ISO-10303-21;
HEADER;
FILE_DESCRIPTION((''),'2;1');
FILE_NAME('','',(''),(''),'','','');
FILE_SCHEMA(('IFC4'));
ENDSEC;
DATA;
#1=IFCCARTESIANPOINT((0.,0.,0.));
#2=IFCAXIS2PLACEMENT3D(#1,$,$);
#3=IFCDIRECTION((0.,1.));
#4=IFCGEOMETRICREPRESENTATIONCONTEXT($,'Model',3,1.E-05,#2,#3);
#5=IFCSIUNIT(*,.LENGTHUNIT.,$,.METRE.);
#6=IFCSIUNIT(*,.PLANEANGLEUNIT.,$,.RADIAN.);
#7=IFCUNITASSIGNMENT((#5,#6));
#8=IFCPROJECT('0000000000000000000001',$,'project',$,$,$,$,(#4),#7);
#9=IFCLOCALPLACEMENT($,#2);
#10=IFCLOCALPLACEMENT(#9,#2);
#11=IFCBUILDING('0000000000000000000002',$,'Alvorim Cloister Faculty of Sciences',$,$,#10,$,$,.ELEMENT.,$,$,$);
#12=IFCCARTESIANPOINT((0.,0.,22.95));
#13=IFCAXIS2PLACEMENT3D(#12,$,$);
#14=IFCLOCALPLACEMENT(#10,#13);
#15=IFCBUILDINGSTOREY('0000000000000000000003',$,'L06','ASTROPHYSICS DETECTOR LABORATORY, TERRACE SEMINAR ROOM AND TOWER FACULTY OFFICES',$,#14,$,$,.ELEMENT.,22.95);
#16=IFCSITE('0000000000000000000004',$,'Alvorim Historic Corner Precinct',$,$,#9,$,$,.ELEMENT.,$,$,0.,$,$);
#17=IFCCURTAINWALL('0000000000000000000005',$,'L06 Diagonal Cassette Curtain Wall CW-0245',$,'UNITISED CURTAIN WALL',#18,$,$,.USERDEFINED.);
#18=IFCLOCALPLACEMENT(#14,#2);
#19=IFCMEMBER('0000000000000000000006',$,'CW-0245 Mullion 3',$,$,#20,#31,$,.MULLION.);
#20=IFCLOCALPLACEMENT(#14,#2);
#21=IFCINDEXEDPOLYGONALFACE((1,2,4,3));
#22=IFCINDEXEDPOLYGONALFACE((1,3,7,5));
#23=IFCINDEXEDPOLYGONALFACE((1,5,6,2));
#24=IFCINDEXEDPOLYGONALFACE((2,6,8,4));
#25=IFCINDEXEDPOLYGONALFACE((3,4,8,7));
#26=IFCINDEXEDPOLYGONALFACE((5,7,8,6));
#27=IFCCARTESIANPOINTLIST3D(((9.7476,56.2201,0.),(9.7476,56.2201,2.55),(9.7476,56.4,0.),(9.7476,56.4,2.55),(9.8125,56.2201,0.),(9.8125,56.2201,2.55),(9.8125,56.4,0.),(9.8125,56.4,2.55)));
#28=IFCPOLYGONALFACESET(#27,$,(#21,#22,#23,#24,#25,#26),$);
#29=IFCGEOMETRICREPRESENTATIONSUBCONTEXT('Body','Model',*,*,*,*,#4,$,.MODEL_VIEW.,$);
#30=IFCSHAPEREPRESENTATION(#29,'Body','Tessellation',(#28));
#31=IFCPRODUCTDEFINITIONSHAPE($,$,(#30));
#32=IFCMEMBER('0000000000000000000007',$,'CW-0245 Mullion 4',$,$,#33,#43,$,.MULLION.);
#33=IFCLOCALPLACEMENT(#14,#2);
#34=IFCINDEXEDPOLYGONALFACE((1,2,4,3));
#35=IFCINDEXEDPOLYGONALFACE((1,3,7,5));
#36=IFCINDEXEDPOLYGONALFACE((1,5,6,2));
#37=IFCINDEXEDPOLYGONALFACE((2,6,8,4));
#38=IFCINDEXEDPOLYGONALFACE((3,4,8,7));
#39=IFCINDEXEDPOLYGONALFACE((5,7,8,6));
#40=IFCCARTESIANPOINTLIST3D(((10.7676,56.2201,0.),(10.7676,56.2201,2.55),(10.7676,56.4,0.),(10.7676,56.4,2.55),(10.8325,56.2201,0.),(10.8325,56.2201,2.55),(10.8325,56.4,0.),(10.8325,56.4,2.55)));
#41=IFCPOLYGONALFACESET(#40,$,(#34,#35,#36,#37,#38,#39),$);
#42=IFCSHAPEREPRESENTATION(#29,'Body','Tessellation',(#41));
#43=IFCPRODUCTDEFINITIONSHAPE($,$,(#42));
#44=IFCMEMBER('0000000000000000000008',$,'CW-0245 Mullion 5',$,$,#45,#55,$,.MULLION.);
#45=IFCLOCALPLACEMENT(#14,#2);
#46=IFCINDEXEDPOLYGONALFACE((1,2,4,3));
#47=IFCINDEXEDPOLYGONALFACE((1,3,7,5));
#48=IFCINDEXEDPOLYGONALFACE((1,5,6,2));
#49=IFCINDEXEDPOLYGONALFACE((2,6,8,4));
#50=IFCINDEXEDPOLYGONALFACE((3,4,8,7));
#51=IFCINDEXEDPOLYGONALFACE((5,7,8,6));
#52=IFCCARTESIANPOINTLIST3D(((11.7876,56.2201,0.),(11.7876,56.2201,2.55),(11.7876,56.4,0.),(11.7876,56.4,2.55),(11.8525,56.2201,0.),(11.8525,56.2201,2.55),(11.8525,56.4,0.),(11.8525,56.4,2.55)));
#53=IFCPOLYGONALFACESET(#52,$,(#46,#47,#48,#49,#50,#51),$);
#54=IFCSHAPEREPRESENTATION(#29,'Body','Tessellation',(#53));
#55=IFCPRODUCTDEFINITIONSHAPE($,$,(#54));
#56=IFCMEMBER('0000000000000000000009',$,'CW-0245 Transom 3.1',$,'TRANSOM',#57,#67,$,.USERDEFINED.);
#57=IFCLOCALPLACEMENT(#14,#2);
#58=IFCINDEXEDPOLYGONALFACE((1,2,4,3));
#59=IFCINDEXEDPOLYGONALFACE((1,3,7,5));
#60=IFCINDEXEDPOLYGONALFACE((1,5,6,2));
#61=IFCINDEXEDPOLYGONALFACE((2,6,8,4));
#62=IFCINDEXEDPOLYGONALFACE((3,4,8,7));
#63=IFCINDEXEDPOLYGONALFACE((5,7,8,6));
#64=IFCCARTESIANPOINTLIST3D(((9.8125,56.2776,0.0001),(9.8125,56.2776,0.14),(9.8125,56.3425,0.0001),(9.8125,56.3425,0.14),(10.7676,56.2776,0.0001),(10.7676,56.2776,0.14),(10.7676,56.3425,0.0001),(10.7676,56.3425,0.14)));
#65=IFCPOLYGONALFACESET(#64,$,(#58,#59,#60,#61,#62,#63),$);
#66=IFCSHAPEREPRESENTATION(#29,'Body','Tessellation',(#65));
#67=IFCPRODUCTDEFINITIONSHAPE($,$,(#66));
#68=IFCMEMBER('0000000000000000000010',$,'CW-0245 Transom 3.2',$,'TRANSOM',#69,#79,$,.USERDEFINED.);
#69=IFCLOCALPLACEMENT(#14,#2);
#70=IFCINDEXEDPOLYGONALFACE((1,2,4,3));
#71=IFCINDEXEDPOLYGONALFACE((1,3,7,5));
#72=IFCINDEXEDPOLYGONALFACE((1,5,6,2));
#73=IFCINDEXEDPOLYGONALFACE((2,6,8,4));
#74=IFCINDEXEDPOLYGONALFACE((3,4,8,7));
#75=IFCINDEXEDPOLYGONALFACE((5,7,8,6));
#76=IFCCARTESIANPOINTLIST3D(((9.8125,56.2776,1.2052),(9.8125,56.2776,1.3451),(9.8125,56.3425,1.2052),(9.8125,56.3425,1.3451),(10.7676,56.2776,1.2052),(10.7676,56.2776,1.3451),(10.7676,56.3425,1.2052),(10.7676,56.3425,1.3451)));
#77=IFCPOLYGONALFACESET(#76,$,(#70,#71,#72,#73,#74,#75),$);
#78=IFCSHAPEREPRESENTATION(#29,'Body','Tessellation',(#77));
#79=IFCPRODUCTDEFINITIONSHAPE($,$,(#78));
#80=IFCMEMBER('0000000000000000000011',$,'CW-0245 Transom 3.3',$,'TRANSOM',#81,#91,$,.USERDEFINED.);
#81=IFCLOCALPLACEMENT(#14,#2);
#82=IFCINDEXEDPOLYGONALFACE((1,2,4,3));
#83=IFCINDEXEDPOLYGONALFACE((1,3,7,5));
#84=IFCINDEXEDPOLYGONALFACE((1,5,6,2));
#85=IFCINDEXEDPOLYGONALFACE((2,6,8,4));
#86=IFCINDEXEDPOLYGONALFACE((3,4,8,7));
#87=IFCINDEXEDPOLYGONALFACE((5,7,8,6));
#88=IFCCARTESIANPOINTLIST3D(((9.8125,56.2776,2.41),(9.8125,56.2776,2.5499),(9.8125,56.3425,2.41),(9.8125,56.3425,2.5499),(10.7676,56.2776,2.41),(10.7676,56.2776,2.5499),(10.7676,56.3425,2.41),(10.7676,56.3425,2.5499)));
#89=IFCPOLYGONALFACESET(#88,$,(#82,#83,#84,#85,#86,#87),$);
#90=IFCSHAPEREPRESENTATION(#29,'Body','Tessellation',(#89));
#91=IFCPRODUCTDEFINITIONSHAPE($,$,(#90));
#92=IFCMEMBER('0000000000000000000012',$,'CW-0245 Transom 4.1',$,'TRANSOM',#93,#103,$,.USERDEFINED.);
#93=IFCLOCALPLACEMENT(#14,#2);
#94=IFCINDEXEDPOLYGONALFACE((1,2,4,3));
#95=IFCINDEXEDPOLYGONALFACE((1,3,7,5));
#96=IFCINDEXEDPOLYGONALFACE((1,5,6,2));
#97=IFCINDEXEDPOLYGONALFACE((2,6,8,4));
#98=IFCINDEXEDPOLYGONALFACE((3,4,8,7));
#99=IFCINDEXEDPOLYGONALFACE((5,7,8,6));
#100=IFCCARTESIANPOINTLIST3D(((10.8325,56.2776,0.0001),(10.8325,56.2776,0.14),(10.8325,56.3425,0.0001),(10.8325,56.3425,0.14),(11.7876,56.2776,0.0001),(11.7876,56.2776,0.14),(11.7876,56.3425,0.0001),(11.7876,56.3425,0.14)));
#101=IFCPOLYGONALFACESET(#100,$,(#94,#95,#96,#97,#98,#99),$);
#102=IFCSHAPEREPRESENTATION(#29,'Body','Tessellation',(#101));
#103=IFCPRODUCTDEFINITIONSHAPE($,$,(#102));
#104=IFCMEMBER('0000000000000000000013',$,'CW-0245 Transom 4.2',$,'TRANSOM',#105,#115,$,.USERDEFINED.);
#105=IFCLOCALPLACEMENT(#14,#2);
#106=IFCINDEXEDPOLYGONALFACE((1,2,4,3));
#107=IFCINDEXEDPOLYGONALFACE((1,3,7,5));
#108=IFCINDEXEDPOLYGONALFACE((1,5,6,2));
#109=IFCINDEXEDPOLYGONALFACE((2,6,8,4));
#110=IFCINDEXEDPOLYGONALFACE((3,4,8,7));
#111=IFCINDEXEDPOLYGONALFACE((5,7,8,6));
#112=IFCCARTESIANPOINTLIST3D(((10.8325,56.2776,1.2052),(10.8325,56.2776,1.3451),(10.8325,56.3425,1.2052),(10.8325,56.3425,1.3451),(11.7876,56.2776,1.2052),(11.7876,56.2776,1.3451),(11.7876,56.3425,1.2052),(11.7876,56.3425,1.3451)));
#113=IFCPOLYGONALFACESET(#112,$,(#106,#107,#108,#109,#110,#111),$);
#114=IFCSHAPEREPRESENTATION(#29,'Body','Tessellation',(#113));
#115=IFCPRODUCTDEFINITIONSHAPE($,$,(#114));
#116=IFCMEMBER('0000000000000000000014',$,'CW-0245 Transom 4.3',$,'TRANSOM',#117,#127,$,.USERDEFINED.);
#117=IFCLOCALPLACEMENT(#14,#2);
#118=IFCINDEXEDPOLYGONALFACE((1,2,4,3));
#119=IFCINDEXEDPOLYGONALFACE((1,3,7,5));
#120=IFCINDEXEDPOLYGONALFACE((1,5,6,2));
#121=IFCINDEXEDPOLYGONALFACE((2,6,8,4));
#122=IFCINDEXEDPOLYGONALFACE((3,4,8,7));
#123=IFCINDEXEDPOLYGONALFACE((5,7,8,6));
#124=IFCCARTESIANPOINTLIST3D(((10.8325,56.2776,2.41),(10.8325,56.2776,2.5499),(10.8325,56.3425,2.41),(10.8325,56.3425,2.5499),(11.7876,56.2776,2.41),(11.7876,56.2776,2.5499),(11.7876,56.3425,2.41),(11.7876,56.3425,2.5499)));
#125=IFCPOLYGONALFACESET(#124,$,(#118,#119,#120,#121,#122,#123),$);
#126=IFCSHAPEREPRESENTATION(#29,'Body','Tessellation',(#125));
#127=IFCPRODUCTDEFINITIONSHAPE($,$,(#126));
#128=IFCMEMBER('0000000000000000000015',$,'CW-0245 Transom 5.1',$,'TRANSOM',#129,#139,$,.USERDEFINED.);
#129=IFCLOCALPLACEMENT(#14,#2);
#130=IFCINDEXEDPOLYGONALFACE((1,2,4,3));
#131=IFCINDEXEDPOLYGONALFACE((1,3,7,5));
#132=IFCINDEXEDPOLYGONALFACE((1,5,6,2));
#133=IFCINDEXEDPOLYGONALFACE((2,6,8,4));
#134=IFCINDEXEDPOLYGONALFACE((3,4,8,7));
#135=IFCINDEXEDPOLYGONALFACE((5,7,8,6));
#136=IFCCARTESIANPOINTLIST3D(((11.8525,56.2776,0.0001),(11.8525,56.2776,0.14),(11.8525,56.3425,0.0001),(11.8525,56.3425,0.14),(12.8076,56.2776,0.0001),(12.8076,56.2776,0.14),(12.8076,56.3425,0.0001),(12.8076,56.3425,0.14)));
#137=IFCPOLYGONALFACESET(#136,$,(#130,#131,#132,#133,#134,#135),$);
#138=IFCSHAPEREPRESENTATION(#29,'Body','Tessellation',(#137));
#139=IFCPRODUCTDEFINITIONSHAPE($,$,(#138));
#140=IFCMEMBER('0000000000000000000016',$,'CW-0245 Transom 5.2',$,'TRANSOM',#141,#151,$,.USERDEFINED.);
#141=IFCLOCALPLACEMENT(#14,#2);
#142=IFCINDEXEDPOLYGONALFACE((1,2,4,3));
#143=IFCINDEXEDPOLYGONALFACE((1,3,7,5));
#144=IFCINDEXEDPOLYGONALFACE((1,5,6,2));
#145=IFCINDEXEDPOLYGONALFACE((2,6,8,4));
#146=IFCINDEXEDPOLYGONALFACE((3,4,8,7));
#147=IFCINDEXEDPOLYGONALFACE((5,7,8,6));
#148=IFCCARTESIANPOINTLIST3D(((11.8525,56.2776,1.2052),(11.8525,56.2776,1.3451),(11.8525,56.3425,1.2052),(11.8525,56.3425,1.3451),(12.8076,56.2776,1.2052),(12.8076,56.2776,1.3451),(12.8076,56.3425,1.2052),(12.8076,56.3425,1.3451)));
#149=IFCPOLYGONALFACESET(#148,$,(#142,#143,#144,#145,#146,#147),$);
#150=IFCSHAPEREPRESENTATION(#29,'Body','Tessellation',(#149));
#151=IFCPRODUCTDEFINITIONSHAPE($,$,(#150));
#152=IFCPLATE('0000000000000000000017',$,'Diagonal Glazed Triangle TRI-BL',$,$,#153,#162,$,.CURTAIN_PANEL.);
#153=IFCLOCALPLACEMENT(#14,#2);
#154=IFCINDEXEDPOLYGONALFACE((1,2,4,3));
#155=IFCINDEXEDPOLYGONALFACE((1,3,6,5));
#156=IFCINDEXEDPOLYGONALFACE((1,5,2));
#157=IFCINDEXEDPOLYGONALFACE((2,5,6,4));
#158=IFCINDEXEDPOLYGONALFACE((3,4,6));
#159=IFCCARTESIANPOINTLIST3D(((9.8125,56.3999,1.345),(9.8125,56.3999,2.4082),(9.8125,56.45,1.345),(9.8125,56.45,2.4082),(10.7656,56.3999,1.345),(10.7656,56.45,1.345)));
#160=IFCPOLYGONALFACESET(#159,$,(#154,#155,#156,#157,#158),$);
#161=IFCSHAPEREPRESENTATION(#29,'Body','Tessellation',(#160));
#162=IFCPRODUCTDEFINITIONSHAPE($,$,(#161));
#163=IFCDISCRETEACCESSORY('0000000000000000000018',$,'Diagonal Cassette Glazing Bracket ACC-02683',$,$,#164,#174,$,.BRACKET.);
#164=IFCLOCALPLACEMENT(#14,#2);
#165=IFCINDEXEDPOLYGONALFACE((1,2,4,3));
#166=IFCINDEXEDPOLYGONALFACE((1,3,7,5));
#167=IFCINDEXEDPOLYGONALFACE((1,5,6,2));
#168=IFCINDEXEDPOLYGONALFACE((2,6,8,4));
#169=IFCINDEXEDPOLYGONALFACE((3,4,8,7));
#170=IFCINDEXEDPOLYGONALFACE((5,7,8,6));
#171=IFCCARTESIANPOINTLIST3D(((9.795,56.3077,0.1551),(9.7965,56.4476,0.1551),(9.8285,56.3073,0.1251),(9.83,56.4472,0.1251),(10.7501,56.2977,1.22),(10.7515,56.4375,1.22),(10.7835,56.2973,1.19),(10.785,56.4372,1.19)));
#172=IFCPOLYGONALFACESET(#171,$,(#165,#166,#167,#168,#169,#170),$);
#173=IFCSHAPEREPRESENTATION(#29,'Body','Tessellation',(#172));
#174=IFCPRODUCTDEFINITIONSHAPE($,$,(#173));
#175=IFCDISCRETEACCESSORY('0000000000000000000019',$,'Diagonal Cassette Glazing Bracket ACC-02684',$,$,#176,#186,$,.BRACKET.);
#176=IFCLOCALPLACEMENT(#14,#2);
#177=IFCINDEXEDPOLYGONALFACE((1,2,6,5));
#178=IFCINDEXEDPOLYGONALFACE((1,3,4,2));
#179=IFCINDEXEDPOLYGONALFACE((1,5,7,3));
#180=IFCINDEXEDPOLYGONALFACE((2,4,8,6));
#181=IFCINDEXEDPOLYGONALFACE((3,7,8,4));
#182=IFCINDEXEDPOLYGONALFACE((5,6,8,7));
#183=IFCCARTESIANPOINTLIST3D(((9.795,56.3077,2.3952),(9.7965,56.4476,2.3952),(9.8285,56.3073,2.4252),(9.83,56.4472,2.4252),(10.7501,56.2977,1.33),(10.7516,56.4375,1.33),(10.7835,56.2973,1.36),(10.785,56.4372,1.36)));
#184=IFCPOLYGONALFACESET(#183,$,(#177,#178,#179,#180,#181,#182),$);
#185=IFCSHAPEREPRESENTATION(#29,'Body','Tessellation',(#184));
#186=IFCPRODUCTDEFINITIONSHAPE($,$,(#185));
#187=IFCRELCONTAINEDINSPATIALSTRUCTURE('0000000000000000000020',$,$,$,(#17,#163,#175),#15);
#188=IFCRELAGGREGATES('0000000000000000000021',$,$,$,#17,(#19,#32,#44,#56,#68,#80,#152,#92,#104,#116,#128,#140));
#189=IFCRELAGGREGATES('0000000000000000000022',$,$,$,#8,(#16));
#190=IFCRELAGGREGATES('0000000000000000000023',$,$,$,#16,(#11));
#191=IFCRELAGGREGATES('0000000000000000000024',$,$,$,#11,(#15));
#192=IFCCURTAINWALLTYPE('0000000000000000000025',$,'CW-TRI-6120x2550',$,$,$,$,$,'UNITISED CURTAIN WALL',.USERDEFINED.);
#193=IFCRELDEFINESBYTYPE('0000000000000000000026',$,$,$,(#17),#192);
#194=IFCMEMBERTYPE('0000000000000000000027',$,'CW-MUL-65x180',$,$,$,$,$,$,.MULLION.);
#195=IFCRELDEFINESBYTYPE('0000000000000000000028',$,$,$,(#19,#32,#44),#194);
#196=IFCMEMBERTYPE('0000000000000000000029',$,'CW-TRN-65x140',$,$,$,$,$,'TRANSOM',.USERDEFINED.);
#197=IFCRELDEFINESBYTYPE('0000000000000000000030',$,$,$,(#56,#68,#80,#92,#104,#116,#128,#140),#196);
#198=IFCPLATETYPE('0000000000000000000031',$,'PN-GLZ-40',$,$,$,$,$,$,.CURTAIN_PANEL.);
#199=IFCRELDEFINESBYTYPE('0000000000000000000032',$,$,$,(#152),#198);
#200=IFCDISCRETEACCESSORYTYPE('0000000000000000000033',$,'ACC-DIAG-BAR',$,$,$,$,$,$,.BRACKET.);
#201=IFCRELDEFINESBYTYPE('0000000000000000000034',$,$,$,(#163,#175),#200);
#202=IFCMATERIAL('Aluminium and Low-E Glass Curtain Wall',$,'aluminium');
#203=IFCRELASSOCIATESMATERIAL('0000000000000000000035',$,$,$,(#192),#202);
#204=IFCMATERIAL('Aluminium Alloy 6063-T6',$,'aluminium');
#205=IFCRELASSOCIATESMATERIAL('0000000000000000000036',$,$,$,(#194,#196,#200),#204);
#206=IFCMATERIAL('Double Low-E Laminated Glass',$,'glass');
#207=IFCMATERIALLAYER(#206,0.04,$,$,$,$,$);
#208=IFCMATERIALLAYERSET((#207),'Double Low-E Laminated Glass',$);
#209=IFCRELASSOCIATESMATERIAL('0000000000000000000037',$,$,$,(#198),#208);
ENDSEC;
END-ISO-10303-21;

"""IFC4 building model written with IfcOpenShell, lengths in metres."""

from ifc_helpers import new_model, si_unit, direction, frame, origin, origin_2d, place, context, subcontext, project, spatial, polyline, rectangle, outline, extrude, material, layer, layer_set, material_profile, profile_set, type_object, element, aggregate, save


model = new_model("IFC4")

# Units and contexts
model_context = context("Model", 3, precision=1e-05, world=origin(), true_north=direction((0.0, 1.0)))
body_context = subcontext(model_context, "Body", "Model", "MODEL_VIEW")
ifc_project = project(units=[si_unit("LENGTHUNIT", "METRE"), si_unit("PLANEANGLEUNIT", "RADIAN")], contexts=[model_context])

# Site, building, storey
site_placement = place(None, origin())
site = spatial("IfcSite", under=ifc_project, at=site_placement, Name="Alvorim Historic Corner Precinct", CompositionType="ELEMENT", RefElevation=0.0)
building_placement = place(site_placement, origin())
building = spatial("IfcBuilding", under=site, at=building_placement, Name="Alvorim Cloister Faculty of Sciences", CompositionType="ELEMENT")
storey_placement = place(building_placement, frame((0.0, 0.0, 22.95)))
storey = spatial("IfcBuildingStorey", under=building, at=storey_placement, Name="L06", Description="ASTROPHYSICS DETECTOR LABORATORY, TERRACE SEMINAR ROOM AND TOWER FACULTY OFFICES", CompositionType="ELEMENT", Elevation=22.95)

# Curtain wall, members, plate
ifc_material_1 = material(Name="Aluminium and Low-E Glass Curtain Wall", Category="aluminium")
curtain_wall_type = type_object("IfcCurtainWallType", Name="CW-TRI-6120x2550", ElementType="UNITISED CURTAIN WALL", PredefinedType="USERDEFINED", material=ifc_material_1)
curtain_wall_placement = place(storey_placement, origin())
curtain_wall = element("IfcCurtainWall", 1, at=curtain_wall_placement, inside=storey, type_object=curtain_wall_type, Name="L06 Diagonal Cassette Curtain Wall CW-0245", ObjectType="UNITISED CURTAIN WALL", PredefinedType="USERDEFINED")
ifc_material_2 = material(Name="Aluminium Alloy 6063-T6", Category="aluminium")
ifc_material_profile_1 = material_profile(ifc_material_2, rectangle(XDim=0.0649, YDim=0.1799, at=origin_2d()), Name="ALU-MUL-65x180")
ifc_profile_set_1 = profile_set([ifc_material_profile_1], Name="Aluminium Alloy 6063-T6")
member_type_1 = type_object("IfcMemberType", Name="CW-MUL-65x180", PredefinedType="MULLION", material=ifc_profile_set_1)
member_1_placement = place(storey_placement, frame((9.78, 56.3101, 0.0), z_axis=(0.0, 0.0, 1.0), x_axis=(1.0, 0.0, 0.0)))
member_1 = element("IfcMember", 2, at=member_1_placement, type_object=member_type_1, Name="CW-0245 Mullion 3", PredefinedType="MULLION", context=body_context, shape_type="SweptSolid", body=[
    extrude(rectangle(XDim=0.0649, YDim=0.1799, at=origin_2d()), origin(), (0.0, 0.0, 1.0), 2.55),
])
member_2_placement = place(storey_placement, frame((10.8, 56.3101, 0.0), z_axis=(0.0, 0.0, 1.0), x_axis=(1.0, 0.0, 0.0)))
member_2 = element("IfcMember", 3, at=member_2_placement, type_object=member_type_1, Name="CW-0245 Mullion 4", PredefinedType="MULLION", context=body_context, shape_type="SweptSolid", body=[
    extrude(rectangle(XDim=0.0649, YDim=0.1799, at=origin_2d()), origin(), (0.0, 0.0, 1.0), 2.55),
])
member_3_placement = place(storey_placement, frame((11.8201, 56.3101, 0.0), z_axis=(0.0, 0.0, 1.0), x_axis=(1.0, 0.0, 0.0)))
member_3 = element("IfcMember", 4, at=member_3_placement, type_object=member_type_1, Name="CW-0245 Mullion 5", PredefinedType="MULLION", context=body_context, shape_type="SweptSolid", body=[
    extrude(rectangle(XDim=0.0649, YDim=0.1799, at=origin_2d()), origin(), (0.0, 0.0, 1.0), 2.55),
])
ifc_material_profile_2 = material_profile(ifc_material_2, rectangle(XDim=0.0649, YDim=0.1399, at=origin_2d()), Name="ALU-TRN-65x140")
ifc_profile_set_2 = profile_set([ifc_material_profile_2], Name="Aluminium Alloy 6063-T6")
member_type_2 = type_object("IfcMemberType", Name="CW-TRN-65x140", ElementType="TRANSOM", PredefinedType="USERDEFINED", material=ifc_profile_set_2)
member_4_placement = place(storey_placement, frame((9.8125, 56.3101, 0.0701), z_axis=(1.0, 0.0, 0.0), x_axis=(0.0, 1.0, 0.0)))
member_4 = element("IfcMember", 5, at=member_4_placement, type_object=member_type_2, Name="CW-0245 Transom 3.1", ObjectType="TRANSOM", PredefinedType="USERDEFINED", context=body_context, shape_type="SweptSolid", body=[
    extrude(rectangle(XDim=0.0649, YDim=0.1399, at=origin_2d()), origin(), (0.0, 0.0, 1.0), 0.9551),
])
member_5_placement = place(storey_placement, frame((9.8125, 56.3101, 1.2751), z_axis=(1.0, 0.0, 0.0), x_axis=(0.0, 1.0, 0.0)))
member_5 = element("IfcMember", 6, at=member_5_placement, type_object=member_type_2, Name="CW-0245 Transom 3.2", ObjectType="TRANSOM", PredefinedType="USERDEFINED", context=body_context, shape_type="SweptSolid", body=[
    extrude(rectangle(XDim=0.0649, YDim=0.1399, at=origin_2d()), origin(), (0.0, 0.0, 1.0), 0.9551),
])
member_6_placement = place(storey_placement, frame((9.8125, 56.3101, 2.48), z_axis=(1.0, 0.0, 0.0), x_axis=(0.0, 1.0, 0.0)))
member_6 = element("IfcMember", 7, at=member_6_placement, type_object=member_type_2, Name="CW-0245 Transom 3.3", ObjectType="TRANSOM", PredefinedType="USERDEFINED", context=body_context, shape_type="SweptSolid", body=[
    extrude(rectangle(XDim=0.0649, YDim=0.1399, at=origin_2d()), origin(), (0.0, 0.0, 1.0), 0.9551),
])
member_7_placement = place(storey_placement, frame((10.8325, 56.3101, 0.0701), z_axis=(1.0, 0.0, 0.0), x_axis=(0.0, 1.0, 0.0)))
member_7 = element("IfcMember", 8, at=member_7_placement, type_object=member_type_2, Name="CW-0245 Transom 4.1", ObjectType="TRANSOM", PredefinedType="USERDEFINED", context=body_context, shape_type="SweptSolid", body=[
    extrude(rectangle(XDim=0.0649, YDim=0.1399, at=origin_2d()), origin(), (0.0, 0.0, 1.0), 0.9551),
])
member_8_placement = place(storey_placement, frame((10.8325, 56.3101, 1.2751), z_axis=(1.0, 0.0, 0.0), x_axis=(0.0, 1.0, 0.0)))
member_8 = element("IfcMember", 9, at=member_8_placement, type_object=member_type_2, Name="CW-0245 Transom 4.2", ObjectType="TRANSOM", PredefinedType="USERDEFINED", context=body_context, shape_type="SweptSolid", body=[
    extrude(rectangle(XDim=0.0649, YDim=0.1399, at=origin_2d()), origin(), (0.0, 0.0, 1.0), 0.9551),
])
member_9_placement = place(storey_placement, frame((10.8325, 56.3101, 2.48), z_axis=(1.0, 0.0, 0.0), x_axis=(0.0, 1.0, 0.0)))
member_9 = element("IfcMember", 10, at=member_9_placement, type_object=member_type_2, Name="CW-0245 Transom 4.3", ObjectType="TRANSOM", PredefinedType="USERDEFINED", context=body_context, shape_type="SweptSolid", body=[
    extrude(rectangle(XDim=0.0649, YDim=0.1399, at=origin_2d()), origin(), (0.0, 0.0, 1.0), 0.9551),
])
member_10_placement = place(storey_placement, frame((11.8525, 56.3101, 0.0701), z_axis=(1.0, 0.0, 0.0), x_axis=(0.0, 1.0, 0.0)))
member_10 = element("IfcMember", 11, at=member_10_placement, type_object=member_type_2, Name="CW-0245 Transom 5.1", ObjectType="TRANSOM", PredefinedType="USERDEFINED", context=body_context, shape_type="SweptSolid", body=[
    extrude(rectangle(XDim=0.0649, YDim=0.1399, at=origin_2d()), origin(), (0.0, 0.0, 1.0), 0.9551),
])
member_11_placement = place(storey_placement, frame((11.8525, 56.3101, 1.2751), z_axis=(1.0, 0.0, 0.0), x_axis=(0.0, 1.0, 0.0)))
member_11 = element("IfcMember", 12, at=member_11_placement, type_object=member_type_2, Name="CW-0245 Transom 5.2", ObjectType="TRANSOM", PredefinedType="USERDEFINED", context=body_context, shape_type="SweptSolid", body=[
    extrude(rectangle(XDim=0.0649, YDim=0.1399, at=origin_2d()), origin(), (0.0, 0.0, 1.0), 0.9551),
])
ifc_material_3 = material(Name="Double Low-E Laminated Glass", Category="glass")
ifc_layer = layer(ifc_material_3, 0.04)
ifc_layer_set = layer_set([ifc_layer], Name="Double Low-E Laminated Glass")
plate_type = type_object("IfcPlateType", Name="PN-GLZ-40", PredefinedType="CURTAIN_PANEL", material=ifc_layer_set)
plate_1_placement = place(storey_placement, frame((9.8125, 56.425, 1.345), z_axis=(0.0, 0.0, 1.0), x_axis=(1.0, 0.0, 0.0)))
plate_1 = element("IfcPlate", 13, at=plate_1_placement, type_object=plate_type, Name="Diagonal Glazed Triangle TRI-BL", PredefinedType="CURTAIN_PANEL", context=body_context, shape_type="SweptSolid", body=[
    extrude(outline(polyline([(0.0, 0.0), (0.9531, 0.0), (0.0, 1.0632), (0.0, 0.0)])), frame((0.0, 0.0249, 0.0), z_axis=(0.0, -1.0, 0.0), x_axis=(1.0, 0.0, 0.0)), (0.0, 0.0, 1.0), 0.05),
])
aggregate(curtain_wall, [member_1, member_2, member_3, member_4, member_5, member_6, plate_1, member_7, member_8, member_9, member_10, member_11])

# Discrete accessories
discrete_accessory_type = type_object("IfcDiscreteAccessoryType", Name="ACC-DIAG-BAR", PredefinedType="BRACKET", material=ifc_material_2)
discrete_accessory_1_placement = place(storey_placement, frame((9.8125, 56.3774, 0.1401), z_axis=(0.667646, -0.006997, 0.744446), x_axis=(0.01048, 0.999945, 0.0)))
element("IfcDiscreteAccessory", 14, at=discrete_accessory_1_placement, inside=storey, type_object=discrete_accessory_type, Name="Diagonal Cassette Glazing Bracket ACC-02683", PredefinedType="BRACKET", context=body_context, shape_type="SweptSolid", body=[
    extrude(rectangle(XDim=0.1399, YDim=0.0449, at=origin_2d()), origin(), (0.0, 0.0, 1.0), 1.4304),
])
discrete_accessory_2_placement = place(storey_placement, frame((9.8125, 56.3774, 2.4102), z_axis=(0.667561, -0.006996, -0.744522), x_axis=(0.01048, 0.999945, 0.0)))
element("IfcDiscreteAccessory", 15, at=discrete_accessory_2_placement, inside=storey, type_object=discrete_accessory_type, Name="Diagonal Cassette Glazing Bracket ACC-02684", PredefinedType="BRACKET", context=body_context, shape_type="SweptSolid", body=[
    extrude(rectangle(XDim=0.1399, YDim=0.0449, at=origin_2d()), origin(), (0.0, 0.0, 1.0), 1.4307),
])

save(model, "model.ifc")
